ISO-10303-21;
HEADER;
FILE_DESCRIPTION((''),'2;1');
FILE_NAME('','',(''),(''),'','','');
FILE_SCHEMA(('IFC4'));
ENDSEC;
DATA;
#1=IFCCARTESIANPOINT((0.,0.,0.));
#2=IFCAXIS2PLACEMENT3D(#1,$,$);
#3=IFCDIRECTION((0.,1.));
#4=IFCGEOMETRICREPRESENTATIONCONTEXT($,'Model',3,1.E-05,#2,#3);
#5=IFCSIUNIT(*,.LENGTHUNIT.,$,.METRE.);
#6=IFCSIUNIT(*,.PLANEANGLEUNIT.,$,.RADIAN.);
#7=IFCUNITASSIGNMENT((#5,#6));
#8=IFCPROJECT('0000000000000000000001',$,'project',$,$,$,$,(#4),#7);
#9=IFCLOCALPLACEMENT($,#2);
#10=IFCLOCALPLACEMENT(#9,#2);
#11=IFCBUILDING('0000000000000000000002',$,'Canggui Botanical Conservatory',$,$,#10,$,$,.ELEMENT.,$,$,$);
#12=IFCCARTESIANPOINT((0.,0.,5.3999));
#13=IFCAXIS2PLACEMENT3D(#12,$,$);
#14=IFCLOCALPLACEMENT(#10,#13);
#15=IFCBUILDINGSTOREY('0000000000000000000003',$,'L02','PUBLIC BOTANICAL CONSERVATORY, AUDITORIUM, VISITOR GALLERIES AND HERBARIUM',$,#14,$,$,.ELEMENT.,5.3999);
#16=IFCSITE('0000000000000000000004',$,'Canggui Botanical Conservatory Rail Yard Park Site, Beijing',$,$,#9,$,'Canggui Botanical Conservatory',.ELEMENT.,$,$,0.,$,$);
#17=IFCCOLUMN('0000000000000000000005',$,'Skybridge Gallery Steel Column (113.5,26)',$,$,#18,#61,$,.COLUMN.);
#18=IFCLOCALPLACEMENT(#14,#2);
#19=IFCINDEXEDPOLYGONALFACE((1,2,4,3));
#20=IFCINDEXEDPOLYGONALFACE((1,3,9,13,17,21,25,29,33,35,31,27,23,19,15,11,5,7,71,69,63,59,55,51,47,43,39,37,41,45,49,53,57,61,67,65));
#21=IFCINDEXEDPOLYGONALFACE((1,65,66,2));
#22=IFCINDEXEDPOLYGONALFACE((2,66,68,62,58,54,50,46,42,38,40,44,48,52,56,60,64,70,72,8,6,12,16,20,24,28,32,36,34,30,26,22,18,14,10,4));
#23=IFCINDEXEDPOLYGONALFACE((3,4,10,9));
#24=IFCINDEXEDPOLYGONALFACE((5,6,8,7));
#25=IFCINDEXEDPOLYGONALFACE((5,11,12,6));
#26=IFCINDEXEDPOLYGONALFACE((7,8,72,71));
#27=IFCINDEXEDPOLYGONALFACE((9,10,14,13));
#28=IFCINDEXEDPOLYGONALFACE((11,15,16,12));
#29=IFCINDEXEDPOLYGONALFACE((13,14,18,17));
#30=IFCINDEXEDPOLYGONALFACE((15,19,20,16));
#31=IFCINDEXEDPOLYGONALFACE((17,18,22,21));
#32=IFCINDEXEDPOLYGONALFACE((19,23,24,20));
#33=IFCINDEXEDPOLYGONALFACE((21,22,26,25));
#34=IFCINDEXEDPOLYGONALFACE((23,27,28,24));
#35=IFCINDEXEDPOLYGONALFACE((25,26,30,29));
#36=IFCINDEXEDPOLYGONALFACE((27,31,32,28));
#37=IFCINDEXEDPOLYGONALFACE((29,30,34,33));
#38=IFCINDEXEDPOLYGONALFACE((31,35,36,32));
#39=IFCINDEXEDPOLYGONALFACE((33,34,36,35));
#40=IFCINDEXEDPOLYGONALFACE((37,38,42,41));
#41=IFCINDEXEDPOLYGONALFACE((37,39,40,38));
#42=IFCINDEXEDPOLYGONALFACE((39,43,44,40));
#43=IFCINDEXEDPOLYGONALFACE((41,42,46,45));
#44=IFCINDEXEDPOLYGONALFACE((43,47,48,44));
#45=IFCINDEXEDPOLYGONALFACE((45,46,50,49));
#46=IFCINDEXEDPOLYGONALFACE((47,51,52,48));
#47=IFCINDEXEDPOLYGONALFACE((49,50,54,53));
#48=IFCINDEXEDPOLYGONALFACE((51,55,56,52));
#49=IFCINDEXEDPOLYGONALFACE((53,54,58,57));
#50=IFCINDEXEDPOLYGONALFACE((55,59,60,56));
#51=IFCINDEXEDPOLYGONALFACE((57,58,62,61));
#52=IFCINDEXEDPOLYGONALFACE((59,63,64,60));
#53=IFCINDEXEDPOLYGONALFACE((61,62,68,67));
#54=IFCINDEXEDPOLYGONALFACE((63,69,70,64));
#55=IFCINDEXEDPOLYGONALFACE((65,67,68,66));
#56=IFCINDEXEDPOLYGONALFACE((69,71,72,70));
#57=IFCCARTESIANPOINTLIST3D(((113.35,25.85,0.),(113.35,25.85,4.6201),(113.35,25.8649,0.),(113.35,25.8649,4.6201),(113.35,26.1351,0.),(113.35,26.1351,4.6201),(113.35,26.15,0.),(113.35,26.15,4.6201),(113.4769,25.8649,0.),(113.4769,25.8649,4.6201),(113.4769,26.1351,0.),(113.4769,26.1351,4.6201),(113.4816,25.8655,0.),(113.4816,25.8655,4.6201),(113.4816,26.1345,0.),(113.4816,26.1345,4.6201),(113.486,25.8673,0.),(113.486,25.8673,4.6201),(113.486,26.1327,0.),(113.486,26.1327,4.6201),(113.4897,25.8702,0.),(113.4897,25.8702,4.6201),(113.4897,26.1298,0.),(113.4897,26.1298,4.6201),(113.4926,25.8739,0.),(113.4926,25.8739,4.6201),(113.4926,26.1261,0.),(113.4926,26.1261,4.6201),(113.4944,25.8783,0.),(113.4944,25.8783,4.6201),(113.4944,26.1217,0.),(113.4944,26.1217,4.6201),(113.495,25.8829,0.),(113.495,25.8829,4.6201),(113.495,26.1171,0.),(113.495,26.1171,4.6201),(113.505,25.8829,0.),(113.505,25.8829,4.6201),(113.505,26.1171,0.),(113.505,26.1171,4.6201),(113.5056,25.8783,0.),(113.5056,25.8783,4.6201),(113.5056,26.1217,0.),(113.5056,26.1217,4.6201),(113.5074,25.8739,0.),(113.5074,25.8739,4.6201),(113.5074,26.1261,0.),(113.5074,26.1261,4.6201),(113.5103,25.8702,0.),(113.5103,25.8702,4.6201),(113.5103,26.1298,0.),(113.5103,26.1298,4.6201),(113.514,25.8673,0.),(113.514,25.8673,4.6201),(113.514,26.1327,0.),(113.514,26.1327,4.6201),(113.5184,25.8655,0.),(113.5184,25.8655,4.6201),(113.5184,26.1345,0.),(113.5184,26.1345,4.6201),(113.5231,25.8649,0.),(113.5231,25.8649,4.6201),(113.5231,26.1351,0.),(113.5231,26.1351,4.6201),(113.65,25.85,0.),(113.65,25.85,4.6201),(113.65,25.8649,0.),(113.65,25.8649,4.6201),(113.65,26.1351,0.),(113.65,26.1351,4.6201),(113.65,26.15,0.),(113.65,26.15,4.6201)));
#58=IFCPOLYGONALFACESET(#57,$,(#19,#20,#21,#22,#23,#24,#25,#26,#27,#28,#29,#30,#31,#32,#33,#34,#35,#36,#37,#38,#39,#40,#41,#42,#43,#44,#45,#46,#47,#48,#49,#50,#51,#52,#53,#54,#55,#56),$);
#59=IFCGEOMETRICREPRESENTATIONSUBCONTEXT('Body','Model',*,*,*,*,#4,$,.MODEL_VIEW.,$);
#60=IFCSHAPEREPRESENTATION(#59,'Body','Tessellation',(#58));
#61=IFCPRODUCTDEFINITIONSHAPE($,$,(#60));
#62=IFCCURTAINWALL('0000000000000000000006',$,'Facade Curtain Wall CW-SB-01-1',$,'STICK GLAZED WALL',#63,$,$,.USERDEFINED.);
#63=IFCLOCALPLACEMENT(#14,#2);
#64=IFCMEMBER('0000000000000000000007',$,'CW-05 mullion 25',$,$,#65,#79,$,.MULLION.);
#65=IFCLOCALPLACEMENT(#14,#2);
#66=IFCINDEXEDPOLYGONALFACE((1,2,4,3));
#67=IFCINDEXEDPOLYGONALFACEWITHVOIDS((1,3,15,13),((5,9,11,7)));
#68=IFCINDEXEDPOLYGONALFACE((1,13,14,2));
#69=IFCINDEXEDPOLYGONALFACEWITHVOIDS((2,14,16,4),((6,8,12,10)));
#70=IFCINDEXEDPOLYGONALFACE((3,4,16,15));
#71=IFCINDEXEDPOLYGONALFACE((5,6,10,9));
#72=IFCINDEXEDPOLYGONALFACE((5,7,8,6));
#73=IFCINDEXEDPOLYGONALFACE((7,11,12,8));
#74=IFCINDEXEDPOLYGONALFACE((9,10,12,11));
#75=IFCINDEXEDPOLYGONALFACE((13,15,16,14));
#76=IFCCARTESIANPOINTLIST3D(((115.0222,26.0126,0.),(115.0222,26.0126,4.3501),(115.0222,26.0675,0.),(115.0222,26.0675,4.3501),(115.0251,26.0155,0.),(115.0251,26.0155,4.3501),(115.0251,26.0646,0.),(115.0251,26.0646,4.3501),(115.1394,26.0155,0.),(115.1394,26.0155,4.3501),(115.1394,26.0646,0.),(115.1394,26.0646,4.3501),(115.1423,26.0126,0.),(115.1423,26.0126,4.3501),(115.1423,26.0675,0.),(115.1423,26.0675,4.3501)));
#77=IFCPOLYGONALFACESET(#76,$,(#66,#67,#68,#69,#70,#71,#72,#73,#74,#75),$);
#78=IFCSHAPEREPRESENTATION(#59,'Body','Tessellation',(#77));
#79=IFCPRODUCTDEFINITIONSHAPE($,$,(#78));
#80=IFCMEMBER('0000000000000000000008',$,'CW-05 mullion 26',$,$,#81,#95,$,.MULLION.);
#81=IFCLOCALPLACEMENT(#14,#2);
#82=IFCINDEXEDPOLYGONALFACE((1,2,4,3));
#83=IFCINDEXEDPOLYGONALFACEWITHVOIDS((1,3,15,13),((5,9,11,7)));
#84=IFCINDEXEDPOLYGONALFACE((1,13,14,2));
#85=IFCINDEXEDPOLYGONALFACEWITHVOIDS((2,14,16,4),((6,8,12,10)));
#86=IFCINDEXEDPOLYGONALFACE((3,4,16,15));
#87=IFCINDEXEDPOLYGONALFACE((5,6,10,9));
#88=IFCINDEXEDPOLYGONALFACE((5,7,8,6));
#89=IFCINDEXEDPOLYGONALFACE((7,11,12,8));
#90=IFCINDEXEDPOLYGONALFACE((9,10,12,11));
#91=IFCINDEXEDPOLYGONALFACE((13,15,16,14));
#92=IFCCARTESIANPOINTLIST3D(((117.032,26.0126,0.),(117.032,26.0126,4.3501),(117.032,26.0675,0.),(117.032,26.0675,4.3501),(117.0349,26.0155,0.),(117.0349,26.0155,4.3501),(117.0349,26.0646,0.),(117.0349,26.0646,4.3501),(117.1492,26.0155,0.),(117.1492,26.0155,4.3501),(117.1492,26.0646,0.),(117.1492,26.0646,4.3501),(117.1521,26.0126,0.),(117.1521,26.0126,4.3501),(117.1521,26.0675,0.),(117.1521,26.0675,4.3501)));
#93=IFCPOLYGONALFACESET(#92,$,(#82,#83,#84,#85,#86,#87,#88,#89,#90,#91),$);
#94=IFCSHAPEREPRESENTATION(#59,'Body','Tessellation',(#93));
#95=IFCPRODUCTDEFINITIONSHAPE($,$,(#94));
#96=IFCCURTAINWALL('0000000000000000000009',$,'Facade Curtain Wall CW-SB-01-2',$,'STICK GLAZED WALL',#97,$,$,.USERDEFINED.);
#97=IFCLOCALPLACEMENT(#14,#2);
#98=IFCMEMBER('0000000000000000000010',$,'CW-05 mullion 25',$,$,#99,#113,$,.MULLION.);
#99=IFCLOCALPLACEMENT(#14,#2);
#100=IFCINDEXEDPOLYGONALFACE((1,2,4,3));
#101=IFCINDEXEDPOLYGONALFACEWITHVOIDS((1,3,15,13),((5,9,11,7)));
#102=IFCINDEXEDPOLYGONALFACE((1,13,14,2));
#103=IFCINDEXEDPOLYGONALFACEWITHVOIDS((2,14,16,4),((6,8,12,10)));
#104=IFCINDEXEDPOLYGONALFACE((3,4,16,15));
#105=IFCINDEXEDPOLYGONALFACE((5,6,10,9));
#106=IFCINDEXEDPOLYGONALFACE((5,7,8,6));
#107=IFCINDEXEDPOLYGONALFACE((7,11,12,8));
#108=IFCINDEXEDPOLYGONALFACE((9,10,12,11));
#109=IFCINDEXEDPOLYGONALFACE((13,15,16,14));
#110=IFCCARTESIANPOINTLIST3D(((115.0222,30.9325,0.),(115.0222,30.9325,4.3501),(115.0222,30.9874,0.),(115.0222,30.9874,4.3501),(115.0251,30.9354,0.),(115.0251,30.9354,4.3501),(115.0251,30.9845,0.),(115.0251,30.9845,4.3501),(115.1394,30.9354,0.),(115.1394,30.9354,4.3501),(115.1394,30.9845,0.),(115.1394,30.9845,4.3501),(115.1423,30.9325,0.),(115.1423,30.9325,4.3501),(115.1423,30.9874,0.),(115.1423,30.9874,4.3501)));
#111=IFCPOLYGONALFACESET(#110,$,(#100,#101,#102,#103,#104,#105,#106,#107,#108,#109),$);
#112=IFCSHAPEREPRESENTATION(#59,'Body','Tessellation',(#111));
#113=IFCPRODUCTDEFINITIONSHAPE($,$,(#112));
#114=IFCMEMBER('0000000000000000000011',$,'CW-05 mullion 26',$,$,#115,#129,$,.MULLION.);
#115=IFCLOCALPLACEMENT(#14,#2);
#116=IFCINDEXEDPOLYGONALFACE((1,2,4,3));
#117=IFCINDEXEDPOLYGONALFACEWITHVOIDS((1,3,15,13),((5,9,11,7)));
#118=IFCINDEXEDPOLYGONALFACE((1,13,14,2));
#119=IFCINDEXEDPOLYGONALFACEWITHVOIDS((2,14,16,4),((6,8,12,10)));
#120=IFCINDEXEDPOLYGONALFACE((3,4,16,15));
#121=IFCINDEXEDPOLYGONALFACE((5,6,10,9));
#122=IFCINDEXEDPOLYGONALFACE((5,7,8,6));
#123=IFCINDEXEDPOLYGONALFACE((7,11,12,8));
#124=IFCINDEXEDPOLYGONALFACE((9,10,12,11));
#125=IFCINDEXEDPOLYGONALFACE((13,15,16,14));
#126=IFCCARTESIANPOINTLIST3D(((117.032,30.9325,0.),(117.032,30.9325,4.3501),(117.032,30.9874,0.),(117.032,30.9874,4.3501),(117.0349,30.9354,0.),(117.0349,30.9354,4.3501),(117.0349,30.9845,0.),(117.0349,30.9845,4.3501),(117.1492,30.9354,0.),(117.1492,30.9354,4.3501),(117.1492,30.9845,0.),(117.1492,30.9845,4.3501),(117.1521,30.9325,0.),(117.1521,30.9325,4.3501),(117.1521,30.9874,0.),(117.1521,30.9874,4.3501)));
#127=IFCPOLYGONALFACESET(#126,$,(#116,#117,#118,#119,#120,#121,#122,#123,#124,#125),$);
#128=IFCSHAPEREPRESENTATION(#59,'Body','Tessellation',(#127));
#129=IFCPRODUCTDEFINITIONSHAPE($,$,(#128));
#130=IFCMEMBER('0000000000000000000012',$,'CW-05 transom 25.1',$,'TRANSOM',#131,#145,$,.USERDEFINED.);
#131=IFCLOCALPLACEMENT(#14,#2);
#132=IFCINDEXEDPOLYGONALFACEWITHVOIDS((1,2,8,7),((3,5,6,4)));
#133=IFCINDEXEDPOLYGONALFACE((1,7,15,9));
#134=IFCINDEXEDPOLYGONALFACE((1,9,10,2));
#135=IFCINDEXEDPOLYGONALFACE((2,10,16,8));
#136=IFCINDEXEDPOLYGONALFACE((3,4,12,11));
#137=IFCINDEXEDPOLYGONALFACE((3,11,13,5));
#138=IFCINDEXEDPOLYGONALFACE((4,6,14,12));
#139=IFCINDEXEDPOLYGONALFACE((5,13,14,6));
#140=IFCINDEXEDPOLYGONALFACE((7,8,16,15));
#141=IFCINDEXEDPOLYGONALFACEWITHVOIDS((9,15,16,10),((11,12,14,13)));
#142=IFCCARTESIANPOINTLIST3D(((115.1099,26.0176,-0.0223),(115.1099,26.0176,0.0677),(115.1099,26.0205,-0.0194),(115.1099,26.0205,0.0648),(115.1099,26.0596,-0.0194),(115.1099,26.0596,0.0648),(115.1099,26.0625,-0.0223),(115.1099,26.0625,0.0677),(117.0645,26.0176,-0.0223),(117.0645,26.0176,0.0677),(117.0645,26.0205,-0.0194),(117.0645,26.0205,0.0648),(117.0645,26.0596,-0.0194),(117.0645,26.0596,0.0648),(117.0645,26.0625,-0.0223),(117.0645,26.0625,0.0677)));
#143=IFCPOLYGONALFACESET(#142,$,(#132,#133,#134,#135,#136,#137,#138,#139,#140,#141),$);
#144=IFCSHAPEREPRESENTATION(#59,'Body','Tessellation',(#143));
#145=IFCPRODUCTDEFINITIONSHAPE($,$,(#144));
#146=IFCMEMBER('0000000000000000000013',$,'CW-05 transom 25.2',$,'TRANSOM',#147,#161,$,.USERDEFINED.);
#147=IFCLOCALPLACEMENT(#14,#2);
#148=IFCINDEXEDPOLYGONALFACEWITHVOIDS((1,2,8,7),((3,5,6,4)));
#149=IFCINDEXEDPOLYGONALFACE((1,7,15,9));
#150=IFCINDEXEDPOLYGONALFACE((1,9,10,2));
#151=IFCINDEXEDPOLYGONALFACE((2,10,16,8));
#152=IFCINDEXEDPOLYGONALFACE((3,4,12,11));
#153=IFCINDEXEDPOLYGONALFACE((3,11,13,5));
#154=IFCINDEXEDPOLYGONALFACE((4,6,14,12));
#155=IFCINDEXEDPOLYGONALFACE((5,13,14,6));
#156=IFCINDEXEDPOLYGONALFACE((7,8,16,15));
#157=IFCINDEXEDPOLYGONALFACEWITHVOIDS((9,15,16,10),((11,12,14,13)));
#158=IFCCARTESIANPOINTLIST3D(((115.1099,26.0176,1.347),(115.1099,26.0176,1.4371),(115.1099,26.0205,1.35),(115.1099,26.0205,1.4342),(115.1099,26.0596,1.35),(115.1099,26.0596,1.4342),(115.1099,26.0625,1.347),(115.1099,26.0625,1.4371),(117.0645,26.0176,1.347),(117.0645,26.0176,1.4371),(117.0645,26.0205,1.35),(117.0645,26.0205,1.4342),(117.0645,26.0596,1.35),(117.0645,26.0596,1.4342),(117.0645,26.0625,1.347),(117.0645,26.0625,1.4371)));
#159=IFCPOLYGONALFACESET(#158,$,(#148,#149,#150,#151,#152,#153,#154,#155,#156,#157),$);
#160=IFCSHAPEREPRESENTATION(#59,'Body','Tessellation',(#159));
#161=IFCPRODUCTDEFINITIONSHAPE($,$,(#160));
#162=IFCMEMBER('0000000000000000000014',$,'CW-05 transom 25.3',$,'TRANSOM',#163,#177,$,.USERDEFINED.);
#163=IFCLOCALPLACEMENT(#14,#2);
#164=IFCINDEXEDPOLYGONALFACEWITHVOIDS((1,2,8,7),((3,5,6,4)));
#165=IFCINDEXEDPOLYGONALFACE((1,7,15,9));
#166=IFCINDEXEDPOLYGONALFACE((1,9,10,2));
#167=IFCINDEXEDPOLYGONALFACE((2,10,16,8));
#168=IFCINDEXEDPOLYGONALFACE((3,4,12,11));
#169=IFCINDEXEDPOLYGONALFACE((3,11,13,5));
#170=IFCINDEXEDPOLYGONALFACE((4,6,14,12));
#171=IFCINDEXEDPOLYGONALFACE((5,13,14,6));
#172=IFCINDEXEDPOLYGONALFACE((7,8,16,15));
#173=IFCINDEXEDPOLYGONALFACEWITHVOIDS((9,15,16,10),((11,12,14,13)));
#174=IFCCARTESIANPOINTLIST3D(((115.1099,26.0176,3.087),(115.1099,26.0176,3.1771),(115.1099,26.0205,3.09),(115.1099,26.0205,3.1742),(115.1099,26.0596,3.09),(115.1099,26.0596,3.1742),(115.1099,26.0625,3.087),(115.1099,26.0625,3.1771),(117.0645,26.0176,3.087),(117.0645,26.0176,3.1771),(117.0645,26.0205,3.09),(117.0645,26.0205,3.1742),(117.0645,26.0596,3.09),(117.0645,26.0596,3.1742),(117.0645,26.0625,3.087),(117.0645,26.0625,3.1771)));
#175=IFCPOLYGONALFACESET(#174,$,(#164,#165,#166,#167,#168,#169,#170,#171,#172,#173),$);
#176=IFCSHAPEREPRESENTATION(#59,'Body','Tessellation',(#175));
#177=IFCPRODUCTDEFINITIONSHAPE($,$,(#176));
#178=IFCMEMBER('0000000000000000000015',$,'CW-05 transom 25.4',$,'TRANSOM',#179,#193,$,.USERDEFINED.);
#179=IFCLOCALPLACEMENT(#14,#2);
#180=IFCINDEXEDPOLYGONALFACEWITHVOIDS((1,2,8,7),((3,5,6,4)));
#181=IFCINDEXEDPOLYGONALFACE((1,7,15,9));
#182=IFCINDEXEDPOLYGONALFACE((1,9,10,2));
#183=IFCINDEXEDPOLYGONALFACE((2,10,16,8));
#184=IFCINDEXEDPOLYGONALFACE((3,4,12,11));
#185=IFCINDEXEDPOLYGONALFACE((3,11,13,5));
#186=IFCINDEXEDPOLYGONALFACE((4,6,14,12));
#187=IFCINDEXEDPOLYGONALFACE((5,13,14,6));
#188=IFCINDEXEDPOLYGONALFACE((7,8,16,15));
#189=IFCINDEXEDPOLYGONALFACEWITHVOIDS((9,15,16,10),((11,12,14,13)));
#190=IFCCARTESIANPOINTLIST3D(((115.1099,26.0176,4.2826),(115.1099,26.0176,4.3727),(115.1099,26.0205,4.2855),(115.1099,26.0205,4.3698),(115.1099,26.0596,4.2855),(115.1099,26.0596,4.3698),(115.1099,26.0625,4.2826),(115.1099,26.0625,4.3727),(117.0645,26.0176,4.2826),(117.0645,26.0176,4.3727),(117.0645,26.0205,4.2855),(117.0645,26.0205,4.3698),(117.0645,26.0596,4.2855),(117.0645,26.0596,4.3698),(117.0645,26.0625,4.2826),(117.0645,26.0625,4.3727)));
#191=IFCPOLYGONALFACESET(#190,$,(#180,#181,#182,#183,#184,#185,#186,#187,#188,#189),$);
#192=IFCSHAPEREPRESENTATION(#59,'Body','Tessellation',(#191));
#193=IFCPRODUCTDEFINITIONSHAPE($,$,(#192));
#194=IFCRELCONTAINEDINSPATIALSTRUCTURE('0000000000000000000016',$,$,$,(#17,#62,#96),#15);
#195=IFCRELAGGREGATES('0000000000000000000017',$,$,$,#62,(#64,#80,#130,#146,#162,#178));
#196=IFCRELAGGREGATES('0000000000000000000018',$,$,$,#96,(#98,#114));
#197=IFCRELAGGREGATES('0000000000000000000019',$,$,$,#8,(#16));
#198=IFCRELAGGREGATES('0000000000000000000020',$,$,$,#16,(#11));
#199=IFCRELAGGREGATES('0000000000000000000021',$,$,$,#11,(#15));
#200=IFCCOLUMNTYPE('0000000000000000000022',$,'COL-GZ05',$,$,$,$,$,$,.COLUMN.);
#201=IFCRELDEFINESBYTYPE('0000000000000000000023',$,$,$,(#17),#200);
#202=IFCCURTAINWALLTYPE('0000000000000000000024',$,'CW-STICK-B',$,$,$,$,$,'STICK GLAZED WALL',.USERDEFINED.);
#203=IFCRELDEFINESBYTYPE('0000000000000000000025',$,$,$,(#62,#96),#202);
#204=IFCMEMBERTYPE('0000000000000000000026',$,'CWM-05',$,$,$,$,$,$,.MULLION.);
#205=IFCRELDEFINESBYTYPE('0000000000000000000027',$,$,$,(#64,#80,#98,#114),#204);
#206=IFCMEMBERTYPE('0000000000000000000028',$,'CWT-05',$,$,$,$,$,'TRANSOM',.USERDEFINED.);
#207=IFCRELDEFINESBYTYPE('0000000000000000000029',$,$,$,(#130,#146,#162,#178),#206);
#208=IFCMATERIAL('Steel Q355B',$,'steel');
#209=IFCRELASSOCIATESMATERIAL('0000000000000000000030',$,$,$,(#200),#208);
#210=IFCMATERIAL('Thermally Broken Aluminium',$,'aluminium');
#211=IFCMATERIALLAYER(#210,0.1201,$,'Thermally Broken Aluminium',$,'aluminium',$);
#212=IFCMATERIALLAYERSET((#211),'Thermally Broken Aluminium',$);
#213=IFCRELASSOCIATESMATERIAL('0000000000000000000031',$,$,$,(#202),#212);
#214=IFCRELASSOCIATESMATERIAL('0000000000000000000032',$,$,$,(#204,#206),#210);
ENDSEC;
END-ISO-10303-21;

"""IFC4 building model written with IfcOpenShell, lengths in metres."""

from ifc_helpers import new_model, si_unit, direction, frame, origin, origin_2d, place, context, subcontext, project, spatial, hollow_rectangle, i_section, extrude, material, layer, layer_set, material_profile, profile_set, type_object, element, aggregate, save


model = new_model("IFC4")

# Units and contexts
model_context = context("Model", 3, precision=1e-05, world=origin(), true_north=direction((0.0, 1.0)))
body_context = subcontext(model_context, "Body", "Model", "MODEL_VIEW")
ifc_project = project(units=[si_unit("LENGTHUNIT", "METRE"), si_unit("PLANEANGLEUNIT", "RADIAN")], contexts=[model_context])

# Site, building, storey
site_placement = place(None, origin())
site = spatial("IfcSite", under=ifc_project, at=site_placement, Name="Canggui Botanical Conservatory Rail Yard Park Site, Beijing", LongName="Canggui Botanical Conservatory", CompositionType="ELEMENT", RefElevation=0.0)
building_placement = place(site_placement, origin())
building = spatial("IfcBuilding", under=site, at=building_placement, Name="Canggui Botanical Conservatory", CompositionType="ELEMENT")
storey_placement = place(building_placement, frame((0.0, 0.0, 5.3999)))
storey = spatial("IfcBuildingStorey", under=building, at=storey_placement, Name="L02", Description="PUBLIC BOTANICAL CONSERVATORY, AUDITORIUM, VISITOR GALLERIES AND HERBARIUM", CompositionType="ELEMENT", Elevation=5.3999)

# Column
ifc_material_1 = material(Name="Steel Q355B", Category="steel")
ifc_material_profile_1 = material_profile(ifc_material_1, i_section(OverallWidth=0.3, OverallDepth=0.3, WebThickness=0.01, FlangeThickness=0.0149, FilletRadius=0.0181, at=origin_2d()), Name="HW 300x300x10x15")
ifc_profile_set_1 = profile_set([ifc_material_profile_1], Name="Steel Q355B")
column_type = type_object("IfcColumnType", Name="COL-GZ05", PredefinedType="COLUMN", material=ifc_profile_set_1)
column_placement = place(storey_placement, frame((113.5, 26.0, 0.0), z_axis=(0.0, 0.0, 1.0), x_axis=(1.0, 0.0, 0.0)))
element("IfcColumn", 1, at=column_placement, inside=storey, type_object=column_type, Name="Skybridge Gallery Steel Column (113.5,26)", PredefinedType="COLUMN", context=body_context, shape_type="SweptSolid", body=[
    extrude(i_section(OverallWidth=0.3, OverallDepth=0.3, WebThickness=0.01, FlangeThickness=0.0149, FilletRadius=0.0181, at=origin_2d()), origin(), (0.0, 0.0, 1.0), 4.6201),
])

# Curtain walls, members
ifc_material_2 = material(Name="Thermally Broken Aluminium", Category="aluminium")
ifc_layer_1 = layer(ifc_material_2, 0.1201, Name="Thermally Broken Aluminium", Category="aluminium")
ifc_layer_set_1 = layer_set([ifc_layer_1], Name="Thermally Broken Aluminium")
curtain_wall_type = type_object("IfcCurtainWallType", Name="CW-STICK-B", ElementType="STICK GLAZED WALL", PredefinedType="USERDEFINED", material=ifc_layer_set_1)
curtain_wall_1_placement = place(storey_placement, origin())
curtain_wall_1 = element("IfcCurtainWall", 2, at=curtain_wall_1_placement, inside=storey, type_object=curtain_wall_type, Name="Facade Curtain Wall CW-SB-01-1", ObjectType="STICK GLAZED WALL", PredefinedType="USERDEFINED")
ifc_material_profile_2 = material_profile(ifc_material_2, hollow_rectangle(XDim=0.0549, YDim=0.1201, WallThickness=0.0029, at=origin_2d()), Name="CWM 55x120x3")
ifc_profile_set_2 = profile_set([ifc_material_profile_2], Name="Thermally Broken Aluminium")
member_type_1 = type_object("IfcMemberType", Name="CWM-05", PredefinedType="MULLION", material=ifc_profile_set_2)
member_1_placement = place(storey_placement, frame((115.0823, 26.04, 0.0), z_axis=(0.0, 0.0, 1.0), x_axis=(0.0, 1.0, 0.0)))
member_1 = element("IfcMember", 3, at=member_1_placement, type_object=member_type_1, Name="CW-05 mullion 25", PredefinedType="MULLION", context=body_context, shape_type="SweptSolid", body=[
    extrude(hollow_rectangle(XDim=0.0549, YDim=0.1201, WallThickness=0.0029, at=origin_2d()), origin(), (0.0, 0.0, 1.0), 4.3501),
])
member_2_placement = place(storey_placement, frame((117.092, 26.04, 0.0), z_axis=(0.0, 0.0, 1.0), x_axis=(0.0, 1.0, 0.0)))
member_2 = element("IfcMember", 4, at=member_2_placement, type_object=member_type_1, Name="CW-05 mullion 26", PredefinedType="MULLION", context=body_context, shape_type="SweptSolid", body=[
    extrude(hollow_rectangle(XDim=0.0549, YDim=0.1201, WallThickness=0.0029, at=origin_2d()), origin(), (0.0, 0.0, 1.0), 4.3501),
])
curtain_wall_2_placement = place(storey_placement, origin())
curtain_wall_2 = element("IfcCurtainWall", 5, at=curtain_wall_2_placement, inside=storey, type_object=curtain_wall_type, Name="Facade Curtain Wall CW-SB-01-2", ObjectType="STICK GLAZED WALL", PredefinedType="USERDEFINED")
member_3_placement = place(storey_placement, frame((115.0823, 30.96, 0.0), z_axis=(0.0, 0.0, 1.0), x_axis=(0.0, 1.0, 0.0)))
member_3 = element("IfcMember", 6, at=member_3_placement, type_object=member_type_1, Name="CW-05 mullion 25", PredefinedType="MULLION", context=body_context, shape_type="SweptSolid", body=[
    extrude(hollow_rectangle(XDim=0.0549, YDim=0.1201, WallThickness=0.0029, at=origin_2d()), origin(), (0.0, 0.0, 1.0), 4.3501),
])
member_4_placement = place(storey_placement, frame((117.092, 30.96, 0.0), z_axis=(0.0, 0.0, 1.0), x_axis=(0.0, 1.0, 0.0)))
member_4 = element("IfcMember", 7, at=member_4_placement, type_object=member_type_1, Name="CW-05 mullion 26", PredefinedType="MULLION", context=body_context, shape_type="SweptSolid", body=[
    extrude(hollow_rectangle(XDim=0.0549, YDim=0.1201, WallThickness=0.0029, at=origin_2d()), origin(), (0.0, 0.0, 1.0), 4.3501),
])

# Members
ifc_material_profile_3 = material_profile(ifc_material_2, hollow_rectangle(XDim=0.0449, YDim=0.0901, WallThickness=0.0029, at=origin_2d()), Name="CWT 45x90x3")
ifc_profile_set_3 = profile_set([ifc_material_profile_3], Name="Thermally Broken Aluminium")
member_type_2 = type_object("IfcMemberType", Name="CWT-05", ElementType="TRANSOM", PredefinedType="USERDEFINED", material=ifc_profile_set_3)
member_5_placement = place(storey_placement, frame((115.1099, 26.04, 0.0227), z_axis=(1.0, 0.0, 0.0), x_axis=(0.0, 1.0, 0.0)))
member_5 = element("IfcMember", 8, at=member_5_placement, type_object=member_type_2, Name="CW-05 transom 25.1", ObjectType="TRANSOM", PredefinedType="USERDEFINED", context=body_context, shape_type="SweptSolid", body=[
    extrude(hollow_rectangle(XDim=0.0449, YDim=0.0901, WallThickness=0.0029, at=origin_2d()), origin(), (0.0, 0.0, 1.0), 1.9546),
])
member_6_placement = place(storey_placement, frame((115.1099, 26.04, 1.3921), z_axis=(1.0, 0.0, 0.0), x_axis=(0.0, 1.0, 0.0)))
member_6 = element("IfcMember", 9, at=member_6_placement, type_object=member_type_2, Name="CW-05 transom 25.2", ObjectType="TRANSOM", PredefinedType="USERDEFINED", context=body_context, shape_type="SweptSolid", body=[
    extrude(hollow_rectangle(XDim=0.0449, YDim=0.0901, WallThickness=0.0029, at=origin_2d()), origin(), (0.0, 0.0, 1.0), 1.9546),
])
member_7_placement = place(storey_placement, frame((115.1099, 26.04, 3.1321), z_axis=(1.0, 0.0, 0.0), x_axis=(0.0, 1.0, 0.0)))
member_7 = element("IfcMember", 10, at=member_7_placement, type_object=member_type_2, Name="CW-05 transom 25.3", ObjectType="TRANSOM", PredefinedType="USERDEFINED", context=body_context, shape_type="SweptSolid", body=[
    extrude(hollow_rectangle(XDim=0.0449, YDim=0.0901, WallThickness=0.0029, at=origin_2d()), origin(), (0.0, 0.0, 1.0), 1.9546),
])
member_8_placement = place(storey_placement, frame((115.1099, 26.04, 4.3276), z_axis=(1.0, 0.0, 0.0), x_axis=(0.0, 1.0, 0.0)))
member_8 = element("IfcMember", 11, at=member_8_placement, type_object=member_type_2, Name="CW-05 transom 25.4", ObjectType="TRANSOM", PredefinedType="USERDEFINED", context=body_context, shape_type="SweptSolid", body=[
    extrude(hollow_rectangle(XDim=0.0449, YDim=0.0901, WallThickness=0.0029, at=origin_2d()), origin(), (0.0, 0.0, 1.0), 1.9546),
])

aggregate(curtain_wall_1, [member_1, member_2, member_5, member_6, member_7, member_8])
aggregate(curtain_wall_2, [member_3, member_4])

save(model, "model.ifc")
